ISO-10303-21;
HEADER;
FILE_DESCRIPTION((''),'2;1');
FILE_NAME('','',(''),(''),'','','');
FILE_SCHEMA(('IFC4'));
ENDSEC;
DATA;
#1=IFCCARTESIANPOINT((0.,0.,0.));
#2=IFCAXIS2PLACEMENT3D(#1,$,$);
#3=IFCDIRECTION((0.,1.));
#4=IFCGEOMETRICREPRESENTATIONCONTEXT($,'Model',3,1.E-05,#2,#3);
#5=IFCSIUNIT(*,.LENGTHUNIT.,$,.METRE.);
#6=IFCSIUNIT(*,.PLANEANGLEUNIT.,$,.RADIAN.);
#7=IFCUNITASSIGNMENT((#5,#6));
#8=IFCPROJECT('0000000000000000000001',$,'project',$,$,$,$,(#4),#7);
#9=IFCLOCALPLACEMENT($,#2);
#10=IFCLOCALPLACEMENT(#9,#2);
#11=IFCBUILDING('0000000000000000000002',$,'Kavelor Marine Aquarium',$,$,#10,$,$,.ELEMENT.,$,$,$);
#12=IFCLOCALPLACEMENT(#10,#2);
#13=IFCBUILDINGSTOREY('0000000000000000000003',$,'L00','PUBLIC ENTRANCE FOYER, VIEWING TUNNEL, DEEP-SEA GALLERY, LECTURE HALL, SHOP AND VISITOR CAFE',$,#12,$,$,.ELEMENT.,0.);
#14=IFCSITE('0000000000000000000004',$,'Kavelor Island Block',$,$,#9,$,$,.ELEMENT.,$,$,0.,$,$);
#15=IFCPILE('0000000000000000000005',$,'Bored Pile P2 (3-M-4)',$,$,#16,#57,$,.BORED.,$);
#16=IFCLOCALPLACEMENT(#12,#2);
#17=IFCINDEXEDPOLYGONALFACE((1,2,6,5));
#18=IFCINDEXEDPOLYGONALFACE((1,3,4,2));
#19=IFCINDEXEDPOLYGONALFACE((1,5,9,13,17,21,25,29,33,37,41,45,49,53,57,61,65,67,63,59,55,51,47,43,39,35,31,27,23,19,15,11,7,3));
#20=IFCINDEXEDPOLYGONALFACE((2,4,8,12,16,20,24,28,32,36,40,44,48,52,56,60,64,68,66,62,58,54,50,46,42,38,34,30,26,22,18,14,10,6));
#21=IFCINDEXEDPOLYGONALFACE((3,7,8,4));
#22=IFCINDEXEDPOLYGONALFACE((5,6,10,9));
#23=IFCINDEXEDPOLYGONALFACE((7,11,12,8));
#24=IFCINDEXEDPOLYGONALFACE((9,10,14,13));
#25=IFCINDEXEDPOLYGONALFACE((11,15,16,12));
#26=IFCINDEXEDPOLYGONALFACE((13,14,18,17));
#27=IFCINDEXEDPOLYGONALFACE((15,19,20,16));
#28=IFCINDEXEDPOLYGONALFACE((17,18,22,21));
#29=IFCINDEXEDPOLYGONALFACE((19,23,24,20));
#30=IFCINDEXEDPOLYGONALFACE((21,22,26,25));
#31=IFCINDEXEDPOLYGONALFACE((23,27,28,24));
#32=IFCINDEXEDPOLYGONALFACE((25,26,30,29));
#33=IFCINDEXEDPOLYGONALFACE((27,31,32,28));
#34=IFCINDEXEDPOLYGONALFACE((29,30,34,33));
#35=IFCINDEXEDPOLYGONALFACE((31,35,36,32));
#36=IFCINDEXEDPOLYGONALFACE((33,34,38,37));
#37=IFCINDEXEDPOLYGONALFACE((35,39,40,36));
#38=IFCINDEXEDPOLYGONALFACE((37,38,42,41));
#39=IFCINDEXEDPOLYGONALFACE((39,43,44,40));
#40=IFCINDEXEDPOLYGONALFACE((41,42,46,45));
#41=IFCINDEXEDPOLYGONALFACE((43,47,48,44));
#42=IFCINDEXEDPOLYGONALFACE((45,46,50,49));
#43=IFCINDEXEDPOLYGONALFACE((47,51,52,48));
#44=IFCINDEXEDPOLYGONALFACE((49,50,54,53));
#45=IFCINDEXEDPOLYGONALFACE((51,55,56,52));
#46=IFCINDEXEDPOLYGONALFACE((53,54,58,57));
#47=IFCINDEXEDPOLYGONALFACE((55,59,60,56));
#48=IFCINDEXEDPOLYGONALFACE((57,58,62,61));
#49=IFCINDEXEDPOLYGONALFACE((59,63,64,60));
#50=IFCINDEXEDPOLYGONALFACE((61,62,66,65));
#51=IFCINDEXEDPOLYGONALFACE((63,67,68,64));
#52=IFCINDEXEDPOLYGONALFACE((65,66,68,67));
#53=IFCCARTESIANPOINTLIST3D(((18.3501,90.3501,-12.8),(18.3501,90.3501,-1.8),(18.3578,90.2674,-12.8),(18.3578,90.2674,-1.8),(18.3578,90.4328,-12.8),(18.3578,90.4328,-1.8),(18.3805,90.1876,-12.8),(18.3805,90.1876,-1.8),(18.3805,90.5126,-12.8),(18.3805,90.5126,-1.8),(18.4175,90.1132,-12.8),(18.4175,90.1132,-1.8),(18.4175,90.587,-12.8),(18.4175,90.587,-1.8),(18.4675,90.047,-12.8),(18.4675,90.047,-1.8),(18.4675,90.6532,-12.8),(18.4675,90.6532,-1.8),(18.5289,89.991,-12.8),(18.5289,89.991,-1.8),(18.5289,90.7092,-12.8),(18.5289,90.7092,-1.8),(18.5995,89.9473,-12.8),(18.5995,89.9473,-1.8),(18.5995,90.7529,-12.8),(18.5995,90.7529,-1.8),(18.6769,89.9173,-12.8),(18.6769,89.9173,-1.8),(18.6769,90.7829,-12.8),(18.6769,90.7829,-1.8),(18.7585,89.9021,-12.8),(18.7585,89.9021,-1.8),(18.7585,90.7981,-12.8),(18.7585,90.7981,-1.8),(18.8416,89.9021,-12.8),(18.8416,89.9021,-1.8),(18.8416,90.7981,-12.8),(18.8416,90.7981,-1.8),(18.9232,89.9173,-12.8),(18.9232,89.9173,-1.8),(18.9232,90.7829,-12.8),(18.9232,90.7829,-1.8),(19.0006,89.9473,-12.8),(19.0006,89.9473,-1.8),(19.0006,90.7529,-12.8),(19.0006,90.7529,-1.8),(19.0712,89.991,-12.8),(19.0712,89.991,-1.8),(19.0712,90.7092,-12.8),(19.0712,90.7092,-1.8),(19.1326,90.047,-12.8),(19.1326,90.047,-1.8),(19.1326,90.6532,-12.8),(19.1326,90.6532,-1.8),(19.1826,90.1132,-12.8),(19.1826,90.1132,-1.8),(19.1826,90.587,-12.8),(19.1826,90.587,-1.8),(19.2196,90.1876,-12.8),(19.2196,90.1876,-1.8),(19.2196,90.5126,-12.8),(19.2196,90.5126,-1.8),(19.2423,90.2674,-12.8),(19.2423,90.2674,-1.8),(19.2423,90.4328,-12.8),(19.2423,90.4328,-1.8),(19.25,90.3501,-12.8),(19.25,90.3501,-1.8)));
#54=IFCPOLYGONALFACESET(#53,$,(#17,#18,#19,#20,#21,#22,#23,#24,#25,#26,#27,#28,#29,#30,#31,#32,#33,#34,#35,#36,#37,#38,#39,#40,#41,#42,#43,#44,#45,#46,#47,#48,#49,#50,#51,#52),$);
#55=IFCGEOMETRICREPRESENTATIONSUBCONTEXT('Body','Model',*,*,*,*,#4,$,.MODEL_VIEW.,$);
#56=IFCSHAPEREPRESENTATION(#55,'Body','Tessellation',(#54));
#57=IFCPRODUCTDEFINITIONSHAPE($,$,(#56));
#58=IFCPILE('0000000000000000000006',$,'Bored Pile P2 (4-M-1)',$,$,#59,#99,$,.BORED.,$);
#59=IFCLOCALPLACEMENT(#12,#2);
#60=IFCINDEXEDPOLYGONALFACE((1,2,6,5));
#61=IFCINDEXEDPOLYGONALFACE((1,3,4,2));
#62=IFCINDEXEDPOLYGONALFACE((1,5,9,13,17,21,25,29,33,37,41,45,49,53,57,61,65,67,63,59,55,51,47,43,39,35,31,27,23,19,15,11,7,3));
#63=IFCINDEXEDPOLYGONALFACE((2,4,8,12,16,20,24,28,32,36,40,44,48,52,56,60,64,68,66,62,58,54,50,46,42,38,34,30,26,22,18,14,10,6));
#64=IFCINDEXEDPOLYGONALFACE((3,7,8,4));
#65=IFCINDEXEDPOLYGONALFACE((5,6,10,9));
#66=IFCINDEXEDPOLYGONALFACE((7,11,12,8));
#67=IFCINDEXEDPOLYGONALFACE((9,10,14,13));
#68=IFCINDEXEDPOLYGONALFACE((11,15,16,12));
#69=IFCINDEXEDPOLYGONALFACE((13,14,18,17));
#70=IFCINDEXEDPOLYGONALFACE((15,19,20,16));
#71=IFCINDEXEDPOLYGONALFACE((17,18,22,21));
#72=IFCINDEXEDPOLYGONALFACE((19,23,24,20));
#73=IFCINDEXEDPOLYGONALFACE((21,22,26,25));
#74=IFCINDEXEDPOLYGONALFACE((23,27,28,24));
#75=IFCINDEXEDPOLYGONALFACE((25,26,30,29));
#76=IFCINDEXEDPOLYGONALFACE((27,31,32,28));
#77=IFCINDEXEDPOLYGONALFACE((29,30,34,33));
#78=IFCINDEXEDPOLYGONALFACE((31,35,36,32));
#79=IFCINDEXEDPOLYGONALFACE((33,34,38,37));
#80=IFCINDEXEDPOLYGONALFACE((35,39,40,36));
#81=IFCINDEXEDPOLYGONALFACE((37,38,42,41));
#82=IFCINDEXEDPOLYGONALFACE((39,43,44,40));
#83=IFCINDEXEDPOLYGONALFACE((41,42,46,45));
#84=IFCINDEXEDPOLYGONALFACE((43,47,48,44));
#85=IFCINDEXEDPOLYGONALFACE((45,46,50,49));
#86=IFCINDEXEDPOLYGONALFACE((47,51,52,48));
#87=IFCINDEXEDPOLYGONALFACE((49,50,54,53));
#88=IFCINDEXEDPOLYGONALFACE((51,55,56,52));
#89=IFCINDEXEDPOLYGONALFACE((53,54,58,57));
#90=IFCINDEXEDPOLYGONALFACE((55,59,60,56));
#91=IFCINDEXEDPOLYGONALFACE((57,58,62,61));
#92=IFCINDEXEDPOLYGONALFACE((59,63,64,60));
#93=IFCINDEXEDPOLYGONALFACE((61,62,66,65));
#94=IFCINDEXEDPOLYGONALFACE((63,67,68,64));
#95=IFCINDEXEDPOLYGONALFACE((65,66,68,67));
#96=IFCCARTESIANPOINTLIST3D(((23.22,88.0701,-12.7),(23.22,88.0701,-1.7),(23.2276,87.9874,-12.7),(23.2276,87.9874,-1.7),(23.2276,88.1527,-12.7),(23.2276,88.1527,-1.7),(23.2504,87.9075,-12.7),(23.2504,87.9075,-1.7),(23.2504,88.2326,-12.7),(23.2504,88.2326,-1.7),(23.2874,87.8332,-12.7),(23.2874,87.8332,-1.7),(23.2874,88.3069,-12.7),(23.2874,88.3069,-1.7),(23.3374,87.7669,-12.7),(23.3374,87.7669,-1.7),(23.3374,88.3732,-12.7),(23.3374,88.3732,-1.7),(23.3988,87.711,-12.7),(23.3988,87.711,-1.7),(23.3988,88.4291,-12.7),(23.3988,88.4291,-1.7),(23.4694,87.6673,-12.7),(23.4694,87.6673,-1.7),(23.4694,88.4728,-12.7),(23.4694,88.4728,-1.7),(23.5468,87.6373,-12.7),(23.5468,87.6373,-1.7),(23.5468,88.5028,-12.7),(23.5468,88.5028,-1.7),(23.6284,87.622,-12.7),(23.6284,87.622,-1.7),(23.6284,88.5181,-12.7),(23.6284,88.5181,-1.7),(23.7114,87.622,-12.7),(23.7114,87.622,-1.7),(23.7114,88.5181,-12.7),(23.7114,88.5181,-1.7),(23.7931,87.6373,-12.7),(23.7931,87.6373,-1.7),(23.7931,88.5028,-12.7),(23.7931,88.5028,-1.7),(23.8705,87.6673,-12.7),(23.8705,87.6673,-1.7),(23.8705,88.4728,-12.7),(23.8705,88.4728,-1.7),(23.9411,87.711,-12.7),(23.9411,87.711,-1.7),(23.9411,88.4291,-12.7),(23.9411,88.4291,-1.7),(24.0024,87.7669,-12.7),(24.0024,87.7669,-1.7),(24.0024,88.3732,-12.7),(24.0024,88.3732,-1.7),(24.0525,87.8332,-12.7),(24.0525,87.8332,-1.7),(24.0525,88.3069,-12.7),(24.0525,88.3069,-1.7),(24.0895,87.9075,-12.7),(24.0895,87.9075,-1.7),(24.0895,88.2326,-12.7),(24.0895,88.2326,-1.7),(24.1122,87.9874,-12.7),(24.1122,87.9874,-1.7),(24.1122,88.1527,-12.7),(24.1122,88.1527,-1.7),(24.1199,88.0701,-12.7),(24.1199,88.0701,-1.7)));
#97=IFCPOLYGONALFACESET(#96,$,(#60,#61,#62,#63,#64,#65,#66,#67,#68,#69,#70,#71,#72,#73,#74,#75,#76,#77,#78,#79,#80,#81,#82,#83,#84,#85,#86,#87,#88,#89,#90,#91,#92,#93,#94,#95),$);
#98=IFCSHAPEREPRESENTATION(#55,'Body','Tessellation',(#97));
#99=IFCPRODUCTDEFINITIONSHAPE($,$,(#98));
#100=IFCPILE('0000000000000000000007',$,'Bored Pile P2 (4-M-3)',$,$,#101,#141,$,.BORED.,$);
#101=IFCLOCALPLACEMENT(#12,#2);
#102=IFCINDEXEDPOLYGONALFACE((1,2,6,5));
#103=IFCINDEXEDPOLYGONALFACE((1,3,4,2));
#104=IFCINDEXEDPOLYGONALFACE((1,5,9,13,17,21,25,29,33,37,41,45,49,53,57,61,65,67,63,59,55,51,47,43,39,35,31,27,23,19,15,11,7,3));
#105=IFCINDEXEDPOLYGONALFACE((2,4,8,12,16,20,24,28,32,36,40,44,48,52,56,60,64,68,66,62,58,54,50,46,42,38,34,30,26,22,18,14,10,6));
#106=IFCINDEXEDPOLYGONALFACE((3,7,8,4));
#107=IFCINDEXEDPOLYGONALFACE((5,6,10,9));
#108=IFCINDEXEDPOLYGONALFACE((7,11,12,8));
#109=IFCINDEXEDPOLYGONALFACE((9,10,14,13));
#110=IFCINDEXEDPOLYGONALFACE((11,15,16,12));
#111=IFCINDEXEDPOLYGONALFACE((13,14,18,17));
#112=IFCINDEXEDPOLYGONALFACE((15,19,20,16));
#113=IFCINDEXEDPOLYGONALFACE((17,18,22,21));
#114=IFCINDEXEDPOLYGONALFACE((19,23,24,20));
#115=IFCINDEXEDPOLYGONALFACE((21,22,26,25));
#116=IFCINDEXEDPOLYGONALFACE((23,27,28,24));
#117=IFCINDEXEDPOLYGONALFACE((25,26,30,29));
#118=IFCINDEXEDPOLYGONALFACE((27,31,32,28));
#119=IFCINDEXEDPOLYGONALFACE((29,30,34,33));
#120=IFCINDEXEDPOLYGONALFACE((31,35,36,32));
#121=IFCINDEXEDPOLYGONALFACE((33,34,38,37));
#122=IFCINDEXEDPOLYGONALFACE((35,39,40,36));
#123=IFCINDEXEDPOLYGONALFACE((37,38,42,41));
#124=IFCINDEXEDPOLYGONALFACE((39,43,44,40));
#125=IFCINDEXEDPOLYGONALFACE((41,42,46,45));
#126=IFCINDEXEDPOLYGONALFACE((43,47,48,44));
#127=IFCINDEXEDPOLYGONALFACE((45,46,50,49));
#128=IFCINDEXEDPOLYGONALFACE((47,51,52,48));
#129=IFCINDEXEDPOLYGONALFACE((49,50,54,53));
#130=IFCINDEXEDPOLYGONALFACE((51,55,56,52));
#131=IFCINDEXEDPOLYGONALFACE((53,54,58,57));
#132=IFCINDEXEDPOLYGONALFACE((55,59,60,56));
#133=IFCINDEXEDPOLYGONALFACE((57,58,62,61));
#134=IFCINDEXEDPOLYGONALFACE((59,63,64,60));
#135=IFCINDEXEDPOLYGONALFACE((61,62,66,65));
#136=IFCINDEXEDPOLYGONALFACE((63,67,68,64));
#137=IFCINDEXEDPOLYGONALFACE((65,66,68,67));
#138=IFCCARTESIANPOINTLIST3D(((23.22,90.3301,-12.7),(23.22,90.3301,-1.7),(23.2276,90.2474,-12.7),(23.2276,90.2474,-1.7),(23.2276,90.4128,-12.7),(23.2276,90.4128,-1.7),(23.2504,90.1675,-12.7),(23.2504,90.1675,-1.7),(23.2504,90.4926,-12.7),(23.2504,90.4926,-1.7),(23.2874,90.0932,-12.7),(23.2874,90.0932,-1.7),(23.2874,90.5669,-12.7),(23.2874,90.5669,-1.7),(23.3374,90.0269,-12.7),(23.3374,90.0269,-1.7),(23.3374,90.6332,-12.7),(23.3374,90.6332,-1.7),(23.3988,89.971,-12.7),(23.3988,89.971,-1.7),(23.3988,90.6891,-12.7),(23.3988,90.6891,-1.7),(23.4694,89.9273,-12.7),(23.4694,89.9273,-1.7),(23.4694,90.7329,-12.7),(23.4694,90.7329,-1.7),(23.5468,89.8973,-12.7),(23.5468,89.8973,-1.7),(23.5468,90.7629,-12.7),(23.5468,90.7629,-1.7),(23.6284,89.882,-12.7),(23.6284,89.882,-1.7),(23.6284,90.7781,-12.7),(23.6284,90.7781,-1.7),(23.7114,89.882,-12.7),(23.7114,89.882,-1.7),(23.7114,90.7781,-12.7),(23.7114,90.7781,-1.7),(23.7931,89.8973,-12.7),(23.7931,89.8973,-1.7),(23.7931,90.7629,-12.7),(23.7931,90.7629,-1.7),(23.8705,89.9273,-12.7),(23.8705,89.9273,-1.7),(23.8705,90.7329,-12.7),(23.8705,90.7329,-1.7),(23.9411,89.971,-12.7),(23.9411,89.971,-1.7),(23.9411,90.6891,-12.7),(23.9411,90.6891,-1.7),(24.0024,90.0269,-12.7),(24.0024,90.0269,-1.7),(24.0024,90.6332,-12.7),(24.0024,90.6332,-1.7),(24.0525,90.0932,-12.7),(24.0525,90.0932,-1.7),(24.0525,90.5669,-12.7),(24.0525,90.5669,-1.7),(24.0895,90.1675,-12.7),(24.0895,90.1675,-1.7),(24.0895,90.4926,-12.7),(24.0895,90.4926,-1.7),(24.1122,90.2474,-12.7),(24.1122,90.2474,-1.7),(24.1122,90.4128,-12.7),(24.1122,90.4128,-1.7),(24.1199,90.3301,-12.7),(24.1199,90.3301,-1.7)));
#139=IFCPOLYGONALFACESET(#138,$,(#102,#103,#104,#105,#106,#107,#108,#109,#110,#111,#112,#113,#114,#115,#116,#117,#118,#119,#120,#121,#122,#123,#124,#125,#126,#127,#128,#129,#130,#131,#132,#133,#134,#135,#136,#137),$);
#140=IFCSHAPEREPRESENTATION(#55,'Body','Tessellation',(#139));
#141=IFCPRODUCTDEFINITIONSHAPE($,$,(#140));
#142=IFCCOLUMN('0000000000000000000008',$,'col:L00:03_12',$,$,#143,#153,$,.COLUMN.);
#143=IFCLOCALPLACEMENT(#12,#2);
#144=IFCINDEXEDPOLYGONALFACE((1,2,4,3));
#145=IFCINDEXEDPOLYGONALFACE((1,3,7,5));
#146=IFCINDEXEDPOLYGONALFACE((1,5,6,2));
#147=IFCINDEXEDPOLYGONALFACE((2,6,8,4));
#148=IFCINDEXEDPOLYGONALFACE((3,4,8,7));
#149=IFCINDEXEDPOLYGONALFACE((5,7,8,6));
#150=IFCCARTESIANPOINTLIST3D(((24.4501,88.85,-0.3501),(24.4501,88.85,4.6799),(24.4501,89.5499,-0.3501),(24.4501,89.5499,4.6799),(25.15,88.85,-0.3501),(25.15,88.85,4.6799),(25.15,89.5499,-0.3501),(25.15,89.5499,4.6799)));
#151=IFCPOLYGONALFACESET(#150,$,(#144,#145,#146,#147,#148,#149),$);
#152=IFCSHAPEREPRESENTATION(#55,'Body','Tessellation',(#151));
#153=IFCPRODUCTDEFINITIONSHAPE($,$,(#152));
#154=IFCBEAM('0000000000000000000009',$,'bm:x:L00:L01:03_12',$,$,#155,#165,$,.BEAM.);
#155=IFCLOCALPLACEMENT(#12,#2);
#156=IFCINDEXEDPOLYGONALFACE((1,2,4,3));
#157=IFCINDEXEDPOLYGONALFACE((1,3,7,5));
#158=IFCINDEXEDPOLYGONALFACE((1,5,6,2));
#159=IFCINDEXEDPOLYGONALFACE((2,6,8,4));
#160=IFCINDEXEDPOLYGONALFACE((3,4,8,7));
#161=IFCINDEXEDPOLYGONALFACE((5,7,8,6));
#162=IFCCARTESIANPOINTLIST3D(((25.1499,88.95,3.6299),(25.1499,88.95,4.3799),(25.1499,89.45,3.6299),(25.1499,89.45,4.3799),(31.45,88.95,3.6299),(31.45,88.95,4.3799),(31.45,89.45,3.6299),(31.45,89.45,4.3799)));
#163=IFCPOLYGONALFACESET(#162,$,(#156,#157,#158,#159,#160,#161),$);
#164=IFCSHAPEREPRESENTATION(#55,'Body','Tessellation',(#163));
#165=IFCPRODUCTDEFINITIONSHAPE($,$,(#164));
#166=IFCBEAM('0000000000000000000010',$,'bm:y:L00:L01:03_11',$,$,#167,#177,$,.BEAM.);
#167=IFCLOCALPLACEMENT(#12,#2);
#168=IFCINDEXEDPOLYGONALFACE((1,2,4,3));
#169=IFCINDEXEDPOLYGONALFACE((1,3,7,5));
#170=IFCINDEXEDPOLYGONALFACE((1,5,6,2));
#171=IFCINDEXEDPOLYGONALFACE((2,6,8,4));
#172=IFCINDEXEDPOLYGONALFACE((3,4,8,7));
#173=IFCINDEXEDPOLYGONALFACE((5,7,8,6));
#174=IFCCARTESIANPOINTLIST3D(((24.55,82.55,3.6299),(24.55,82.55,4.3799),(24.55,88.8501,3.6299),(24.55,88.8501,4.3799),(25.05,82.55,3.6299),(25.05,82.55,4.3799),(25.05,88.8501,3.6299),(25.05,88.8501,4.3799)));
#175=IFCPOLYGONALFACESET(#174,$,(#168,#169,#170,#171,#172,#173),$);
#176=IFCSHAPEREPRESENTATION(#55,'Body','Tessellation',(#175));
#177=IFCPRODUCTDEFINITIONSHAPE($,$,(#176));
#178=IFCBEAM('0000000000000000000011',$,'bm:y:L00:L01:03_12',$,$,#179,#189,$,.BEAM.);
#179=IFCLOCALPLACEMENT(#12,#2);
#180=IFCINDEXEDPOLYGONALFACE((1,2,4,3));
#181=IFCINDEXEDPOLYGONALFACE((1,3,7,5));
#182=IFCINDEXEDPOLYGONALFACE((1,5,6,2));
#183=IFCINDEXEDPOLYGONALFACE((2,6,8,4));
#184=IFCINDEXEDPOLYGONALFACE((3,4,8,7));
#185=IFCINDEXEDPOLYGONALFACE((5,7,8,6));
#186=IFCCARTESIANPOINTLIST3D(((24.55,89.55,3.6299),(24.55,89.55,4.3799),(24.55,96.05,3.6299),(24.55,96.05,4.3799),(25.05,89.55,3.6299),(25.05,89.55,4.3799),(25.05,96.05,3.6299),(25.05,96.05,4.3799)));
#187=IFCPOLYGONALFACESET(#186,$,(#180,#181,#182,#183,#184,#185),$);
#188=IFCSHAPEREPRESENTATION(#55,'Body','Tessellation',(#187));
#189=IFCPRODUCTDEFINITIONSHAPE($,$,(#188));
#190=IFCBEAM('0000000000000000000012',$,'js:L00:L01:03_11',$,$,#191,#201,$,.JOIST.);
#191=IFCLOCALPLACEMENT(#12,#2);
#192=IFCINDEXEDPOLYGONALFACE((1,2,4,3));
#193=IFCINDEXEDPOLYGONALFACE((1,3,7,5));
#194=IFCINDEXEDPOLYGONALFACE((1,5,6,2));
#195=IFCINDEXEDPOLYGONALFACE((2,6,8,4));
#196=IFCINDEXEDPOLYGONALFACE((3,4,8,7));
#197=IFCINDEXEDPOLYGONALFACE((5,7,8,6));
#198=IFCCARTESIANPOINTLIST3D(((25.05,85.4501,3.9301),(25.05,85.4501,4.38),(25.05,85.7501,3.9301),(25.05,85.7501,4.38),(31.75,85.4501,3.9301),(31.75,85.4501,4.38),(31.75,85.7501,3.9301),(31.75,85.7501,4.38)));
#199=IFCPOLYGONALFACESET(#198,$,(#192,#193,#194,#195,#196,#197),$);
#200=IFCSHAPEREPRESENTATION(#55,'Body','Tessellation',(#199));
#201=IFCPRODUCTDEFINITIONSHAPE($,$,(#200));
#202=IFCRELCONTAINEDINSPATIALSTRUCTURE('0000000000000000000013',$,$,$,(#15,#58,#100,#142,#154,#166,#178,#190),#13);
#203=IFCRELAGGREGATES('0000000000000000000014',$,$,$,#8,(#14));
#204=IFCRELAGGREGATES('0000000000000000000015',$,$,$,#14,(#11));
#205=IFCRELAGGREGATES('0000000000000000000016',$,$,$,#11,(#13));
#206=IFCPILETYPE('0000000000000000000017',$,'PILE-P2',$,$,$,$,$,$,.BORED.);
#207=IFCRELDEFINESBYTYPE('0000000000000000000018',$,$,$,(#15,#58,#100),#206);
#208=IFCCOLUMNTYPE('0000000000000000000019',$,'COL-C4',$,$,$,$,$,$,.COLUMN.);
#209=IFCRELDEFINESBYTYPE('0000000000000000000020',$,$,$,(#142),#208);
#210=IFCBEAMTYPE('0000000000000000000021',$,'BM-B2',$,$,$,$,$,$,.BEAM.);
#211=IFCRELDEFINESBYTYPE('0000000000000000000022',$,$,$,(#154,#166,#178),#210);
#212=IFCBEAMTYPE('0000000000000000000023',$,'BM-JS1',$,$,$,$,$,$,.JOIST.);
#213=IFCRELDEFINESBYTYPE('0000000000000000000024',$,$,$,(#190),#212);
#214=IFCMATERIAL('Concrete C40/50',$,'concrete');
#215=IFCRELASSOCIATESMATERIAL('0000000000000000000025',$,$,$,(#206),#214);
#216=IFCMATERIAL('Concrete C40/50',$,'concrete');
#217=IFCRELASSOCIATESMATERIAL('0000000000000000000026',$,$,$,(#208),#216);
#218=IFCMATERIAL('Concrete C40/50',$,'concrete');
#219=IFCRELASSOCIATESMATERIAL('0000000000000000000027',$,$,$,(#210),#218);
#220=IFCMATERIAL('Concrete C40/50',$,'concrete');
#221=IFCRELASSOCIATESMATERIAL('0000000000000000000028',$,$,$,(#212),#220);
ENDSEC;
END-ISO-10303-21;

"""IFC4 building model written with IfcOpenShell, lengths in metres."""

from ifc_helpers import new_model, si_unit, direction, frame, origin, origin_2d, place, context, subcontext, project, spatial, rectangle, circle, extrude, material, material_profile, profile_set, type_object, element, save


model = new_model("IFC4")

# Units and contexts
model_context = context("Model", 3, precision=1e-05, world=origin(), true_north=direction((0.0, 1.0)))
body_context = subcontext(model_context, "Body", "Model", "MODEL_VIEW")
ifc_project = project(units=[si_unit("LENGTHUNIT", "METRE"), si_unit("PLANEANGLEUNIT", "RADIAN")], contexts=[model_context])

# Site, building, storey
site_placement = place(None, origin())
site = spatial("IfcSite", under=ifc_project, at=site_placement, Name="Kavelor Island Block", CompositionType="ELEMENT", RefElevation=0.0)
building_placement = place(site_placement, origin())
building = spatial("IfcBuilding", under=site, at=building_placement, Name="Kavelor Marine Aquarium", CompositionType="ELEMENT")
storey_placement = place(building_placement, origin())
storey = spatial("IfcBuildingStorey", under=building, at=storey_placement, Name="L00", Description="PUBLIC ENTRANCE FOYER, VIEWING TUNNEL, DEEP-SEA GALLERY, LECTURE HALL, SHOP AND VISITOR CAFE", CompositionType="ELEMENT", Elevation=0.0)

# Piles
ifc_material_1 = material(Name="Concrete C40/50", Category="concrete")
ifc_material_profile_1 = material_profile(ifc_material_1, circle(Radius=0.45, at=origin_2d()), Name="PILE D900")
ifc_profile_set_1 = profile_set([ifc_material_profile_1], Name="Concrete C40/50")
pile_type_1 = type_object("IfcPileType", Name="PILE-P2", PredefinedType="BORED", material=ifc_profile_set_1)
for number, where, z_axis, x_axis, name in (
    (1, (18.8, 90.3501, -1.8), (0.0, 0.0, -1.0), (1.0, 0.0, 0.0), "Bored Pile P2 (3-M-4)"),
    (2, (23.6699, 88.0701, -1.7), (0.0, 0.0, -1.0), (1.0, 0.0, 0.0), "Bored Pile P2 (4-M-1)"),
    (3, (23.6699, 90.3301, -1.7), (0.0, 0.0, -1.0), (1.0, 0.0, 0.0), "Bored Pile P2 (4-M-3)"),
):
    element("IfcPile", number, at=place(storey_placement, frame(where, z_axis=z_axis, x_axis=x_axis)), inside=storey, type_object=pile_type_1, Name=name, PredefinedType="BORED", context=body_context, shape_type="SweptSolid", body=[
        extrude(circle(Radius=0.45, at=origin_2d()), origin(), (0.0, 0.0, 1.0), 11.0),
    ])

# Column
ifc_material_2 = material(Name="Concrete C40/50", Category="concrete")
ifc_material_profile_2 = material_profile(ifc_material_2, rectangle(XDim=0.7, YDim=0.7, at=origin_2d()), Name="RC-COL 700x700")
ifc_profile_set_2 = profile_set([ifc_material_profile_2], Name="Concrete C40/50")
column_type = type_object("IfcColumnType", Name="COL-C4", PredefinedType="COLUMN", material=ifc_profile_set_2)
column_placement = place(storey_placement, frame((24.8, 89.2, -0.3501), z_axis=(0.0, 0.0, 1.0), x_axis=(1.0, 0.0, 0.0)))
element("IfcColumn", 4, at=column_placement, inside=storey, type_object=column_type, Name="col:L00:03_12", PredefinedType="COLUMN", context=body_context, shape_type="SweptSolid", body=[
    extrude(rectangle(XDim=0.7, YDim=0.7, at=origin_2d()), origin(), (0.0, 0.0, 1.0), 5.03),
])

# Beams
ifc_material_3 = material(Name="Concrete C40/50", Category="concrete")
ifc_material_profile_3 = material_profile(ifc_material_3, rectangle(XDim=0.5, YDim=0.75, at=origin_2d()), Name="RC-BM 500x750")
ifc_profile_set_3 = profile_set([ifc_material_profile_3], Name="Concrete C40/50")
beam_type_1 = type_object("IfcBeamType", Name="BM-B2", PredefinedType="BEAM", material=ifc_profile_set_3)
for number, where, z_axis, x_axis, name in (
    (5, (25.1499, 89.2, 4.0049), (1.0, 0.0, 0.0), (0.0, 1.0, 0.0), "bm:x:L00:L01:03_12"),
    (6, (24.8, 82.55, 4.0049), (0.0, 1.0, 0.0), (-1.0, 0.0, 0.0), "bm:y:L00:L01:03_11"),
):
    element("IfcBeam", number, at=place(storey_placement, frame(where, z_axis=z_axis, x_axis=x_axis)), inside=storey, type_object=beam_type_1, Name=name, PredefinedType="BEAM", context=body_context, shape_type="SweptSolid", body=[
        extrude(rectangle(XDim=0.5, YDim=0.75, at=origin_2d()), origin(), (0.0, 0.0, 1.0), 6.3),
    ])
beam_1_placement = place(storey_placement, frame((24.8, 89.55, 4.0049), z_axis=(0.0, 1.0, 0.0), x_axis=(-1.0, 0.0, 0.0)))
element("IfcBeam", 7, at=beam_1_placement, inside=storey, type_object=beam_type_1, Name="bm:y:L00:L01:03_12", PredefinedType="BEAM", context=body_context, shape_type="SweptSolid", body=[
    extrude(rectangle(XDim=0.5, YDim=0.75, at=origin_2d()), origin(), (0.0, 0.0, 1.0), 6.5),
])
ifc_material_4 = material(Name="Concrete C40/50", Category="concrete")
ifc_material_profile_4 = material_profile(ifc_material_4, rectangle(XDim=0.3, YDim=0.45, at=origin_2d()), Name="RC-JS 300x450")
ifc_profile_set_4 = profile_set([ifc_material_profile_4], Name="Concrete C40/50")
beam_type_2 = type_object("IfcBeamType", Name="BM-JS1", PredefinedType="JOIST", material=ifc_profile_set_4)
beam_2_placement = place(storey_placement, frame((25.05, 85.6001, 4.155), z_axis=(1.0, 0.0, 0.0), x_axis=(0.0, 1.0, 0.0)))
element("IfcBeam", 8, at=beam_2_placement, inside=storey, type_object=beam_type_2, Name="js:L00:L01:03_11", PredefinedType="JOIST", context=body_context, shape_type="SweptSolid", body=[
    extrude(rectangle(XDim=0.3, YDim=0.45, at=origin_2d()), origin(), (0.0, 0.0, 1.0), 6.7),
])

save(model, "model.ifc")
